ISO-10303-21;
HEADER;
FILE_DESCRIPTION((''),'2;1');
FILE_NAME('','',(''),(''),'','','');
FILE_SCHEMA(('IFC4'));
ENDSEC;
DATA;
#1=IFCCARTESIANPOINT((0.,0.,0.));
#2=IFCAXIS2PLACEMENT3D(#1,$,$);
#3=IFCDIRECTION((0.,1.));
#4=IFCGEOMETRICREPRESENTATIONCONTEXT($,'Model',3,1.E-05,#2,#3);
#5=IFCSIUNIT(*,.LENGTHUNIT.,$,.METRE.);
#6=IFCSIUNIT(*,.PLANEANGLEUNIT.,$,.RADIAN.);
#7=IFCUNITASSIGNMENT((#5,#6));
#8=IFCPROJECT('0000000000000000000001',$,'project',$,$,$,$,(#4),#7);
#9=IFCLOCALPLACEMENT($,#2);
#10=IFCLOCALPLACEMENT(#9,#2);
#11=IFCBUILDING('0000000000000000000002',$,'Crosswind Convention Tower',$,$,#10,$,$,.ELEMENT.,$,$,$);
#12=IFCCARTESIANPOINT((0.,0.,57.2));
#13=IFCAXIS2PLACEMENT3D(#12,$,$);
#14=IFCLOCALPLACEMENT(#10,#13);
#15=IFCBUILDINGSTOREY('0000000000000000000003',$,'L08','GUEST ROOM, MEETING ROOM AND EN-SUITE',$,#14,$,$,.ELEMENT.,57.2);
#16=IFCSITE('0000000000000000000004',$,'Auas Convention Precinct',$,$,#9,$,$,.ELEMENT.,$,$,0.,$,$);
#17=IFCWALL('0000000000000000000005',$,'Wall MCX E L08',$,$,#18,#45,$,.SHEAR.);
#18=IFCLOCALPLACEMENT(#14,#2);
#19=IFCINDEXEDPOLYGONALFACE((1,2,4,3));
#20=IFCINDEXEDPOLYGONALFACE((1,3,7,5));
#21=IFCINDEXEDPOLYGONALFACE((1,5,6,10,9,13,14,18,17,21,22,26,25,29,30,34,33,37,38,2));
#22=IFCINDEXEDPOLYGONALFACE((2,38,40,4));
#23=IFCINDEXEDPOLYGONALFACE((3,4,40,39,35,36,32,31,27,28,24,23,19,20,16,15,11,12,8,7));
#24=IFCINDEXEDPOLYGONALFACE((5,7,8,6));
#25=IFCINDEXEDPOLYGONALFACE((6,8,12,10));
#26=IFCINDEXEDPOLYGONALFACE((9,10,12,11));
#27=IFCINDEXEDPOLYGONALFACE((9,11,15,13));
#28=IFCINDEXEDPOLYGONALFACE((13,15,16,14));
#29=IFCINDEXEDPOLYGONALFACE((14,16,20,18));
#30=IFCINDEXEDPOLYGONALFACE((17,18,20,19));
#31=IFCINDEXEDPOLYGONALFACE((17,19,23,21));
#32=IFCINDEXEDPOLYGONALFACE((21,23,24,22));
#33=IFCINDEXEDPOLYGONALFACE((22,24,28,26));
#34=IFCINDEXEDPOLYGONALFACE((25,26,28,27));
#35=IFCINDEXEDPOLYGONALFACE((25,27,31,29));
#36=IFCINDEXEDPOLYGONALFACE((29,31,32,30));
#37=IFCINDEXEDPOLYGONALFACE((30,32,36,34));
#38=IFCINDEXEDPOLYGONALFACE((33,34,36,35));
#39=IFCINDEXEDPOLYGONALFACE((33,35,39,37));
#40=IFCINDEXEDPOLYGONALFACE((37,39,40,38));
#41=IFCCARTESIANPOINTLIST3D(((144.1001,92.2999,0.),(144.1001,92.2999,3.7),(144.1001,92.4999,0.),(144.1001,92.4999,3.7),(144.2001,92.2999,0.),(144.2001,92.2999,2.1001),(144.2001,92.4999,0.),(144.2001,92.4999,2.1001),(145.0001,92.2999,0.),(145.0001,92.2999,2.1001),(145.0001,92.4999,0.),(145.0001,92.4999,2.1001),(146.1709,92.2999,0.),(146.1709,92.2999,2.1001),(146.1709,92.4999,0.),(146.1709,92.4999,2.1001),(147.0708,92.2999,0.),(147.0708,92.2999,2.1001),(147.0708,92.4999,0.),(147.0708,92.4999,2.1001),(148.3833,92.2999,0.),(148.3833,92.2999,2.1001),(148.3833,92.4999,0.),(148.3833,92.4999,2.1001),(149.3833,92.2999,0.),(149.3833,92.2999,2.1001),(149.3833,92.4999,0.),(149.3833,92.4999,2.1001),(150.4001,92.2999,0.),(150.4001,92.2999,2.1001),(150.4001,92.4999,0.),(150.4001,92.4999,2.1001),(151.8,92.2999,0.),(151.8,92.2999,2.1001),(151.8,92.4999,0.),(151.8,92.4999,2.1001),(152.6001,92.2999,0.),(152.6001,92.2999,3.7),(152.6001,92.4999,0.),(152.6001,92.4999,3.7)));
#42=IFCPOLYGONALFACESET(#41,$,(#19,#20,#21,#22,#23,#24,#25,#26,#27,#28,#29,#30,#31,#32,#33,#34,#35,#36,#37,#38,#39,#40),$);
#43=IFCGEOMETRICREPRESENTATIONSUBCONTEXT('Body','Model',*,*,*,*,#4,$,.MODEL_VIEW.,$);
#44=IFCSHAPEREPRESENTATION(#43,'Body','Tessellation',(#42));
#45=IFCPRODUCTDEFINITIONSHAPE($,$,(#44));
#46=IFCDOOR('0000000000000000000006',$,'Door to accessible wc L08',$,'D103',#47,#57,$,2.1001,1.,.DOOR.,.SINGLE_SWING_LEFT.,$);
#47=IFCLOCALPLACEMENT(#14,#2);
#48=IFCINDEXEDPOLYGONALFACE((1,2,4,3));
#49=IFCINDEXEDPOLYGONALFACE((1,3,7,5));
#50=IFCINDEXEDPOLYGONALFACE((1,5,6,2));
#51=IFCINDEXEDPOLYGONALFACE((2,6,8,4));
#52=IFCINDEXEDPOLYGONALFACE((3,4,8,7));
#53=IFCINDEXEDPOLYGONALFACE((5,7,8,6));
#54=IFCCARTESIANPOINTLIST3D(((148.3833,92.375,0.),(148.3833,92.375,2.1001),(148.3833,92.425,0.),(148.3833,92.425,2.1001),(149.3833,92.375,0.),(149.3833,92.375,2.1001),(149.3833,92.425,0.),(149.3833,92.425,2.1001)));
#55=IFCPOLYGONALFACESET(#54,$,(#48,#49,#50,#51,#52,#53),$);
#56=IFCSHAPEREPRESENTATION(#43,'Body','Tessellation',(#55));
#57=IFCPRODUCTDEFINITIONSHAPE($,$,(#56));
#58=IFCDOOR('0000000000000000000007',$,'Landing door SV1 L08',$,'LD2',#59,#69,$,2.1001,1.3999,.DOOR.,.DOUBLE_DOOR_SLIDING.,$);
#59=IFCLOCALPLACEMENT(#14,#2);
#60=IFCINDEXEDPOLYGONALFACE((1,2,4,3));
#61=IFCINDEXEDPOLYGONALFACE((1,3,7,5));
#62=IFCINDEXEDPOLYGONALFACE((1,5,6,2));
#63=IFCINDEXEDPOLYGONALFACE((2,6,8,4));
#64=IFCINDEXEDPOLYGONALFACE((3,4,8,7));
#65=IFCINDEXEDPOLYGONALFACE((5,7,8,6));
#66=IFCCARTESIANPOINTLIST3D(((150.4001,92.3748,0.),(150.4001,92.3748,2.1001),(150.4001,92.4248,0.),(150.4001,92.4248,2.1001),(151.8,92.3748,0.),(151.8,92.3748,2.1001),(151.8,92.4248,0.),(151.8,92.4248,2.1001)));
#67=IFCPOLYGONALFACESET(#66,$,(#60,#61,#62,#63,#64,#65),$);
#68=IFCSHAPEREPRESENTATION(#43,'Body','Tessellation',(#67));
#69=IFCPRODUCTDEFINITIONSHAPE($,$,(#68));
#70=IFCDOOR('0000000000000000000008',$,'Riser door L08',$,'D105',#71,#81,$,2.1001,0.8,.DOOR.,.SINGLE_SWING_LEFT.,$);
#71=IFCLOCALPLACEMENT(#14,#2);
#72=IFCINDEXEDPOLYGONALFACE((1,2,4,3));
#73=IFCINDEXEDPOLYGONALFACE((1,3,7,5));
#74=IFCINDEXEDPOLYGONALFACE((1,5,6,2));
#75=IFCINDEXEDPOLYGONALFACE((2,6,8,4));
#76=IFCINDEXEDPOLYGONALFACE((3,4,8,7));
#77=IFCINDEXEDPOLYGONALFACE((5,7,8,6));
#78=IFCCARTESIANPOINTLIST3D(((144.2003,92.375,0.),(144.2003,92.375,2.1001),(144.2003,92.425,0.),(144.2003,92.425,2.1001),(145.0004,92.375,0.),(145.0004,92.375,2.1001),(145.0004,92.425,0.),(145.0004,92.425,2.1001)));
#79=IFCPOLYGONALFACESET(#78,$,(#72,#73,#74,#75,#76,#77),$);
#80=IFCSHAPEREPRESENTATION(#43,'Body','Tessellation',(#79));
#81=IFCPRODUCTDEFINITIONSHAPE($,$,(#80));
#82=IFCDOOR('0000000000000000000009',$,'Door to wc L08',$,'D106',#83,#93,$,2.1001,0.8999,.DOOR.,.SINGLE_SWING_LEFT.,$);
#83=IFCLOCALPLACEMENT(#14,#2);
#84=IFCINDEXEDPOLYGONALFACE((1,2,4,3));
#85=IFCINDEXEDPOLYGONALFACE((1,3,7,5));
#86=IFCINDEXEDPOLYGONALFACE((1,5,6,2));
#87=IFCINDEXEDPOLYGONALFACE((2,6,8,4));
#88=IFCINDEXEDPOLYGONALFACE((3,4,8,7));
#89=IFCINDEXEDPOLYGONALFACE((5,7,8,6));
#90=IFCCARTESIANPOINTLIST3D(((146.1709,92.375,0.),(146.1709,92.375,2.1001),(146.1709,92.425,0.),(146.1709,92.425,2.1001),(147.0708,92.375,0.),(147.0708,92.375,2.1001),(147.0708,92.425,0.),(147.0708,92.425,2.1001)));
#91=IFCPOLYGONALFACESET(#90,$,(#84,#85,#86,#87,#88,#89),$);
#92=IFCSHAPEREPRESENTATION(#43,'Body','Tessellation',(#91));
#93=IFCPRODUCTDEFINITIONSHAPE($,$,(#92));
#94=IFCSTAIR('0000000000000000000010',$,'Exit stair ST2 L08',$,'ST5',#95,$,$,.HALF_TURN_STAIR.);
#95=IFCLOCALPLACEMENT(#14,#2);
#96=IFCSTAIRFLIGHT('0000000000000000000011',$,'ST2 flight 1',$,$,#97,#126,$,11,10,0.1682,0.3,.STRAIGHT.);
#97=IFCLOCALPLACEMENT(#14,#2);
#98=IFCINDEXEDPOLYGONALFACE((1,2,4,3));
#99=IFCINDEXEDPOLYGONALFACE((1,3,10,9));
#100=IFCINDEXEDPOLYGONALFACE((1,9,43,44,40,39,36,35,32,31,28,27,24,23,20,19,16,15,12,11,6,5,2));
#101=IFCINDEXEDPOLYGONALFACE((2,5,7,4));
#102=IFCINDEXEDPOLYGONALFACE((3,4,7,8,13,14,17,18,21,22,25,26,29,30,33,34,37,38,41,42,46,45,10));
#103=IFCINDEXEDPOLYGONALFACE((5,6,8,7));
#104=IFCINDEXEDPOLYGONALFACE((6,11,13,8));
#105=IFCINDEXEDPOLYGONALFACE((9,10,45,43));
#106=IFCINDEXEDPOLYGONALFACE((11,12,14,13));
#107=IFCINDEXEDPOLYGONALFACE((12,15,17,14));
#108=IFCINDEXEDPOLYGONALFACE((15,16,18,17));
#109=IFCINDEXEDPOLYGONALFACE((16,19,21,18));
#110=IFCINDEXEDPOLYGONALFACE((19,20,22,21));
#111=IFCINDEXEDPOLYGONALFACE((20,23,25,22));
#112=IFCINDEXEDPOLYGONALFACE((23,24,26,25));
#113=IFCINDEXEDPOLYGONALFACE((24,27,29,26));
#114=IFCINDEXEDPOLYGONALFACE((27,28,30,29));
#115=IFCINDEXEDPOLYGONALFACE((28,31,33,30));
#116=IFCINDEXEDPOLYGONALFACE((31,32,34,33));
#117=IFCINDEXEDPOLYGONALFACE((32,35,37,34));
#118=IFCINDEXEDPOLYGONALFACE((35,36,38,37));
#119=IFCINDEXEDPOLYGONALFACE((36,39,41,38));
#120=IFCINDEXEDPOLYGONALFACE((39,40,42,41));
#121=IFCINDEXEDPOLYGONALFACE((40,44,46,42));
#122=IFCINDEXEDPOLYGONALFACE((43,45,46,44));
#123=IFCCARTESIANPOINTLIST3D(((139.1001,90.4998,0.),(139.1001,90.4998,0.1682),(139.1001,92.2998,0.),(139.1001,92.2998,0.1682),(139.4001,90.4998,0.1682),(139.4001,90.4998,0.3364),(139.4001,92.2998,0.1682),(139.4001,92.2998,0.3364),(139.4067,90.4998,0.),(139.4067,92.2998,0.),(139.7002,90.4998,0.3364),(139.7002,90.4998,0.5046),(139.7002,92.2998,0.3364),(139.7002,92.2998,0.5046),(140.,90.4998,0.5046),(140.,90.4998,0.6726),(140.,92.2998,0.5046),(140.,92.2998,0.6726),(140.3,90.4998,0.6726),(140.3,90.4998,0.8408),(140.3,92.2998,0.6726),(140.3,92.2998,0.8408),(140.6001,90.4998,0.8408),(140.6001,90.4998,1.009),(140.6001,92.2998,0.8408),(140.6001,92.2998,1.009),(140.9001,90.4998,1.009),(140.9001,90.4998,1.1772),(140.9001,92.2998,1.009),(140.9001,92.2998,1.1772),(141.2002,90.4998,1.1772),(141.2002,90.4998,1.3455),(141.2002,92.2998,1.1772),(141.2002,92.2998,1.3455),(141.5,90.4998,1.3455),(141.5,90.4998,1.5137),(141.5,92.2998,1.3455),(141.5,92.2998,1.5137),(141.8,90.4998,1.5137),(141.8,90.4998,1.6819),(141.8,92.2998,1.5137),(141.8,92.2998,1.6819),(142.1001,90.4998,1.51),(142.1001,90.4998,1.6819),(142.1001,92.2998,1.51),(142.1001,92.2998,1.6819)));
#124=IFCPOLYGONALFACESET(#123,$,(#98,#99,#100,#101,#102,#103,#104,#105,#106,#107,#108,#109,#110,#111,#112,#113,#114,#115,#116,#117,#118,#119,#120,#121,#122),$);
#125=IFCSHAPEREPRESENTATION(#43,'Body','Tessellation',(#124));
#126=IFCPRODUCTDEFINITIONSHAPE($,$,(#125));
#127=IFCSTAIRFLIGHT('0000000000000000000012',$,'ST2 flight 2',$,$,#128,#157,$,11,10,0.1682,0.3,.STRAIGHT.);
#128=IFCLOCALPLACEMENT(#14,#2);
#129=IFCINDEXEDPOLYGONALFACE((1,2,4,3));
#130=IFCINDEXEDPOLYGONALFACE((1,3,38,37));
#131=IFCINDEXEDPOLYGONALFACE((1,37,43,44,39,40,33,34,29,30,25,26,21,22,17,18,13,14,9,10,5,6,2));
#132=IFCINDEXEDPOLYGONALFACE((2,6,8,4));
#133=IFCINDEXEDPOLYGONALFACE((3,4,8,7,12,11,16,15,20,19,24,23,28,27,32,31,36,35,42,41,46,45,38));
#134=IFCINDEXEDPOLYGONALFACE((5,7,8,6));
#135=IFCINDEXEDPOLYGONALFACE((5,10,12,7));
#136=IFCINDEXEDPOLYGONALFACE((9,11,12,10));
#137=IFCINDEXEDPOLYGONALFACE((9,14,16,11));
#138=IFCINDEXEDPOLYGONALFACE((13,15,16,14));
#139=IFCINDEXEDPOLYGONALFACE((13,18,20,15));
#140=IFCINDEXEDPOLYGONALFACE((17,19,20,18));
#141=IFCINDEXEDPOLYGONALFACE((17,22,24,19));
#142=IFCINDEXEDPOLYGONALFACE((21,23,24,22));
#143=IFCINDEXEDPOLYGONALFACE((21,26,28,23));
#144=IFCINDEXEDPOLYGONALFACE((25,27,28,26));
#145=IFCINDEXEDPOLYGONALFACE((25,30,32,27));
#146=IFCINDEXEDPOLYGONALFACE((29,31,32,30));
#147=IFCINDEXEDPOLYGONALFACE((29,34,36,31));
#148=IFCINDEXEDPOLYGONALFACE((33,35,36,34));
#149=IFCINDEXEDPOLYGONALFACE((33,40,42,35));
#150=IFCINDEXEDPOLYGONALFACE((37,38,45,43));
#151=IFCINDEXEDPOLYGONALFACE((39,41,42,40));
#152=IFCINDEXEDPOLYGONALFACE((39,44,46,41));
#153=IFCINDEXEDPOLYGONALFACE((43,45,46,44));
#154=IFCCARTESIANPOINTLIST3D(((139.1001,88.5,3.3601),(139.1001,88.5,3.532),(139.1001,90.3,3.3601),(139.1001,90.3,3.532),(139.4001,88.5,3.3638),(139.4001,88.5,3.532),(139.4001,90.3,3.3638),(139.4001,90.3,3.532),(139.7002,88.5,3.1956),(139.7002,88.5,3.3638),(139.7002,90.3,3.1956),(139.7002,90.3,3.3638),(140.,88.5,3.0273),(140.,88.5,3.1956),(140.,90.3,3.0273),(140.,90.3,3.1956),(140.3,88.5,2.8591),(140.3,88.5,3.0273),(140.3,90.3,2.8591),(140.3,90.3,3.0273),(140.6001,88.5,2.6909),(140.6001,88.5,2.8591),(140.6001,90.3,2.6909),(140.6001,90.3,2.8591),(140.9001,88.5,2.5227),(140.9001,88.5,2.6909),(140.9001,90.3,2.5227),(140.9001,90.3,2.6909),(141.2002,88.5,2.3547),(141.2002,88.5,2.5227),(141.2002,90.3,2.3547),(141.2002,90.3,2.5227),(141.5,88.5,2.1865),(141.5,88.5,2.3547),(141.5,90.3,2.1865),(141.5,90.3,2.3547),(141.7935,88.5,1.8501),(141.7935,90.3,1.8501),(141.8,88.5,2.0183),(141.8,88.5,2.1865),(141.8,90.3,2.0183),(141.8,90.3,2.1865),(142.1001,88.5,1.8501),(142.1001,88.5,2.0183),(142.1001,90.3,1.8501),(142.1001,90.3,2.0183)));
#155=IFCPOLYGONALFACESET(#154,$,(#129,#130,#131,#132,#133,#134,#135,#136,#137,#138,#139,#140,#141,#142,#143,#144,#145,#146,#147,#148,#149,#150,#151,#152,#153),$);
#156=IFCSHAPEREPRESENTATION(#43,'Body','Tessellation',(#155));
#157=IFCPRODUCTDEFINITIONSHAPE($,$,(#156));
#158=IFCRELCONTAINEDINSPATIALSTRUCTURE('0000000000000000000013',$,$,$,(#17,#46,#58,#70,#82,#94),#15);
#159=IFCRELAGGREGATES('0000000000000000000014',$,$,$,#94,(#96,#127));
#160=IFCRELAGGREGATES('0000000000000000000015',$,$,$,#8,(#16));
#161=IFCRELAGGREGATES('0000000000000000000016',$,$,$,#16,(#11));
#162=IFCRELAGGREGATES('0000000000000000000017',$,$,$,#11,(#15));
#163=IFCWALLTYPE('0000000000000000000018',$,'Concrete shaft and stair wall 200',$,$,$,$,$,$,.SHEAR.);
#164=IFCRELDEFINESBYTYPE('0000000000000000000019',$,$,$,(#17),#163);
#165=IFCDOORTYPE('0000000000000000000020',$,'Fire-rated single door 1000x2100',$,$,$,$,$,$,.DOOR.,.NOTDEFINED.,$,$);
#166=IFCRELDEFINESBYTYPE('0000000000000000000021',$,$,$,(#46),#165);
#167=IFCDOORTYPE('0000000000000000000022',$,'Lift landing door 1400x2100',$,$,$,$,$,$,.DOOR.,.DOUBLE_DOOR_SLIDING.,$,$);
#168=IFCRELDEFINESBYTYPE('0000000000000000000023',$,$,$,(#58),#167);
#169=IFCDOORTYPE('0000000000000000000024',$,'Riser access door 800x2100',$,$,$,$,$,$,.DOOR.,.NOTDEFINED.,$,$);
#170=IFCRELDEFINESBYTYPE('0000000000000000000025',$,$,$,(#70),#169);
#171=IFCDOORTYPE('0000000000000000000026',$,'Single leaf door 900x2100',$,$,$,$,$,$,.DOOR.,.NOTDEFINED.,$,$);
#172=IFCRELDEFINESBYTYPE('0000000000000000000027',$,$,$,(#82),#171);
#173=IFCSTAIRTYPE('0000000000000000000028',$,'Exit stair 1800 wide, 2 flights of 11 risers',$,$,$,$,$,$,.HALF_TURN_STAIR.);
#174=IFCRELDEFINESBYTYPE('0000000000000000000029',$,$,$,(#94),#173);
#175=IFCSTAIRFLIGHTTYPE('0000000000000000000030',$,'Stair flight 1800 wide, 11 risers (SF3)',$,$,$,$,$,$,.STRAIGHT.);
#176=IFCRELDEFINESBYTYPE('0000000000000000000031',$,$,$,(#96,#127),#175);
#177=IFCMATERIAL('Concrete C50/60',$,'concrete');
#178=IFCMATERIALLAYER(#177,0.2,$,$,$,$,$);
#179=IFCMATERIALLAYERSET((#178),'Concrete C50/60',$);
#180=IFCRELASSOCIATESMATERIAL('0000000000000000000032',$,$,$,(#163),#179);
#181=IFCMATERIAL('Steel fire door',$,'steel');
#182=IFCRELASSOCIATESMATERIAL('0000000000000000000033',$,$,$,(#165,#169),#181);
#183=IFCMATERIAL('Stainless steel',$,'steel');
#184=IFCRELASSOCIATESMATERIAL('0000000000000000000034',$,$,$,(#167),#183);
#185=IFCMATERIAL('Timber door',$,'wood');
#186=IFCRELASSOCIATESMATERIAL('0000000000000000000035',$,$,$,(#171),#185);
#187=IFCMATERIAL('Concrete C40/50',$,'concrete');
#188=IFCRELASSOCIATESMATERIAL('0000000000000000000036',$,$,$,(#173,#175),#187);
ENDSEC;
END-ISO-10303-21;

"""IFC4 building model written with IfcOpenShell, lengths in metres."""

from ifc_helpers import new_model, si_unit, direction, frame, frame_2d, origin, place, context, subcontext, project, spatial, polyline, rectangle, outline, extrude, material, layer, layer_set, type_object, element, fill, aggregate, save


model = new_model("IFC4")

# Units and contexts
model_context = context("Model", 3, precision=1e-05, world=origin(), true_north=direction((0.0, 1.0)))
body_context = subcontext(model_context, "Body", "Model", "MODEL_VIEW")
ifc_project = project(units=[si_unit("LENGTHUNIT", "METRE"), si_unit("PLANEANGLEUNIT", "RADIAN")], contexts=[model_context])

# Site, building, storey
site_placement = place(None, origin())
site = spatial("IfcSite", under=ifc_project, at=site_placement, Name="Auas Convention Precinct", CompositionType="ELEMENT", RefElevation=0.0)
building_placement = place(site_placement, origin())
building = spatial("IfcBuilding", under=site, at=building_placement, Name="Crosswind Convention Tower", CompositionType="ELEMENT")
storey_placement = place(building_placement, frame((0.0, 0.0, 57.2)))
storey = spatial("IfcBuildingStorey", under=building, at=storey_placement, Name="L08", Description="GUEST ROOM, MEETING ROOM AND EN-SUITE", CompositionType="ELEMENT", Elevation=57.2)

# Shared definitions
ifc_material_1 = material(Name="Concrete C50/60", Category="concrete")

# Shared definitions
ifc_layer_1 = layer(ifc_material_1, 0.2)
ifc_layer_set_1 = layer_set([ifc_layer_1], Name="Concrete C50/60")
wall_type_1 = type_object("IfcWallType", Name="Concrete shaft and stair wall 200", PredefinedType="SHEAR", material=ifc_layer_set_1)

# Shared definitions
ifc_material_2 = material(Name="Stainless steel", Category="steel")

# Shared definitions
ifc_material_3 = material(Name="Steel fire door", Category="steel")
door_type_1 = type_object("IfcDoorType", Name="Fire-rated single door 1000x2100", OperationType="NOTDEFINED", PredefinedType="DOOR", material=ifc_material_3)

# Wall, openings, doors
wall_1_placement = place(storey_placement, frame((144.1001, 92.3999, 0.0), z_axis=(0.0, 0.0, 1.0), x_axis=(1.0, 0.0, 0.0)))
wall_1 = element("IfcWall", 1, at=wall_1_placement, inside=storey, type_object=wall_type_1, Name="Wall MCX E L08", PredefinedType="SHEAR", context=body_context, shape_type="SweptSolid", body=[
    extrude(rectangle(XDim=8.5, YDim=0.2, at=frame_2d((4.25, 0.0))), origin(), (0.0, 0.0, 1.0), 3.7),
])
opening_1_placement = place(wall_1_placement, frame((0.1001, 0.0, 0.0)))
opening_1 = element("IfcOpeningElement", 2, at=opening_1_placement, cuts=wall_1, PredefinedType="OPENING", context=body_context, shape_type="SweptSolid", body=[
    extrude(rectangle(XDim=0.8, YDim=2.1001, at=frame_2d((0.3999, 1.05))), frame((0.0, 0.1099, 0.0), z_axis=(0.0, -1.0, 0.0), x_axis=(1.0, 0.0, 0.0)), (0.0, 0.0, 1.0), 0.22),
])
opening_2_placement = place(wall_1_placement, frame((2.0708, 0.0, 0.0)))
opening_2 = element("IfcOpeningElement", 3, at=opening_2_placement, cuts=wall_1, PredefinedType="OPENING", context=body_context, shape_type="SweptSolid", body=[
    extrude(rectangle(XDim=0.8999, YDim=2.1001, at=frame_2d((0.45, 1.05))), frame((0.0, 0.1099, 0.0), z_axis=(0.0, -1.0, 0.0), x_axis=(1.0, 0.0, 0.0)), (0.0, 0.0, 1.0), 0.22),
])
opening_3_placement = place(wall_1_placement, frame((4.2832, 0.0, 0.0)))
opening_3 = element("IfcOpeningElement", 4, at=opening_3_placement, cuts=wall_1, PredefinedType="OPENING", context=body_context, shape_type="SweptSolid", body=[
    extrude(rectangle(XDim=1.0, YDim=2.1001, at=frame_2d((0.5, 1.05))), frame((0.0, 0.1099, 0.0), z_axis=(0.0, -1.0, 0.0), x_axis=(1.0, 0.0, 0.0)), (0.0, 0.0, 1.0), 0.22),
])
opening_4_placement = place(wall_1_placement, frame((6.3, 0.0, 0.0)))
opening_4 = element("IfcOpeningElement", 5, at=opening_4_placement, cuts=wall_1, PredefinedType="OPENING", context=body_context, shape_type="SweptSolid", body=[
    extrude(rectangle(XDim=1.3999, YDim=2.1001, at=frame_2d((0.7, 1.05))), frame((0.0, 0.1099, 0.0), z_axis=(0.0, -1.0, 0.0), x_axis=(1.0, 0.0, 0.0)), (0.0, 0.0, 1.0), 0.22),
])
door_1_placement = place(opening_3_placement, frame((1.0, 0.0, 0.0), z_axis=(0.0, 0.0, 1.0), x_axis=(-1.0, 0.0, 0.0)))
door_1 = element("IfcDoor", 6, at=door_1_placement, inside=storey, type_object=door_type_1, Name="Door to accessible wc L08", ObjectType="D103", OperationType="SINGLE_SWING_LEFT", OverallHeight=2.1001, OverallWidth=1.0, PredefinedType="DOOR", context=body_context, shape_type="SweptSolid", body=[
    extrude(rectangle(XDim=1.0, YDim=2.1001, at=frame_2d((0.5, 1.05))), frame((0.0, 0.0249, 0.0), z_axis=(0.0, -1.0, 0.0), x_axis=(1.0, 0.0, 0.0)), (0.0, 0.0, 1.0), 0.05),
])
fill(opening_3, door_1)
door_type_2 = type_object("IfcDoorType", Name="Lift landing door 1400x2100", OperationType="DOUBLE_DOOR_SLIDING", PredefinedType="DOOR", material=ifc_material_2)
door_2_placement = place(opening_4_placement, origin())
door_2 = element("IfcDoor", 7, at=door_2_placement, inside=storey, type_object=door_type_2, Name="Landing door SV1 L08", ObjectType="LD2", OperationType="DOUBLE_DOOR_SLIDING", OverallHeight=2.1001, OverallWidth=1.3999, PredefinedType="DOOR", context=body_context, shape_type="SweptSolid", body=[
    extrude(rectangle(XDim=1.3999, YDim=2.1001, at=frame_2d((0.7, 1.05))), frame((0.0, 0.0249, 0.0), z_axis=(0.0, -1.0, 0.0), x_axis=(1.0, 0.0, 0.0)), (0.0, 0.0, 1.0), 0.05),
])
fill(opening_4, door_2)
door_type_3 = type_object("IfcDoorType", Name="Riser access door 800x2100", OperationType="NOTDEFINED", PredefinedType="DOOR", material=ifc_material_3)
door_3_placement = place(opening_1_placement, frame((0.8, 0.0, 0.0), z_axis=(0.0, 0.0, 1.0), x_axis=(-1.0, 0.0, 0.0)))
door_3 = element("IfcDoor", 8, at=door_3_placement, inside=storey, type_object=door_type_3, Name="Riser door L08", ObjectType="D105", OperationType="SINGLE_SWING_LEFT", OverallHeight=2.1001, OverallWidth=0.8, PredefinedType="DOOR", context=body_context, shape_type="SweptSolid", body=[
    extrude(rectangle(XDim=0.8, YDim=2.1001, at=frame_2d((0.3999, 1.05))), frame((0.0, 0.0249, 0.0), z_axis=(0.0, -1.0, 0.0), x_axis=(1.0, 0.0, 0.0)), (0.0, 0.0, 1.0), 0.05),
])
fill(opening_1, door_3)
ifc_material_4 = material(Name="Timber door", Category="wood")
door_type_4 = type_object("IfcDoorType", Name="Single leaf door 900x2100", OperationType="NOTDEFINED", PredefinedType="DOOR", material=ifc_material_4)
door_4_placement = place(opening_2_placement, frame((0.8999, 0.0, 0.0), z_axis=(0.0, 0.0, 1.0), x_axis=(-1.0, 0.0, 0.0)))
door_4 = element("IfcDoor", 9, at=door_4_placement, inside=storey, type_object=door_type_4, Name="Door to wc L08", ObjectType="D106", OperationType="SINGLE_SWING_LEFT", OverallHeight=2.1001, OverallWidth=0.8999, PredefinedType="DOOR", context=body_context, shape_type="SweptSolid", body=[
    extrude(rectangle(XDim=0.8999, YDim=2.1001, at=frame_2d((0.45, 1.05))), frame((0.0, 0.0249, 0.0), z_axis=(0.0, -1.0, 0.0), x_axis=(1.0, 0.0, 0.0)), (0.0, 0.0, 1.0), 0.05),
])
fill(opening_2, door_4)

# Stair, stair flights
ifc_material_5 = material(Name="Concrete C40/50", Category="concrete")
stair_type = type_object("IfcStairType", Name="Exit stair 1800 wide, 2 flights of 11 risers", PredefinedType="HALF_TURN_STAIR", material=ifc_material_5)
stair_placement = place(storey_placement, origin())
stair = element("IfcStair", 10, at=stair_placement, inside=storey, type_object=stair_type, Name="Exit stair ST2 L08", ObjectType="ST5", PredefinedType="HALF_TURN_STAIR")
stair_flight_type = type_object("IfcStairFlightType", Name="Stair flight 1800 wide, 11 risers (SF3)", PredefinedType="STRAIGHT", material=ifc_material_5)
stair_flight_1_placement = place(storey_placement, frame((139.1001, 91.3999, 0.0), z_axis=(0.0, 0.0, 1.0), x_axis=(1.0, 0.0, 0.0)))
stair_flight_1 = element("IfcStairFlight", 11, at=stair_flight_1_placement, type_object=stair_flight_type, Name="ST2 flight 1", NumberOfRisers=11, NumberOfTreads=10, PredefinedType="STRAIGHT", RiserHeight=0.1682, TreadLength=0.3, context=body_context, shape_type="SweptSolid", body=[
    extrude(outline(polyline([(0.0, 0.0), (0.0, 0.1682), (0.3, 0.1682), (0.3, 0.3364), (0.6001, 0.3364), (0.6001, 0.5046), (0.8999, 0.5046), (0.8999, 0.6726), (1.2, 0.6726), (1.2, 0.8408), (1.5, 0.8408), (1.5, 1.009), (1.8, 1.009), (1.8, 1.1772), (2.1001, 1.1772), (2.1001, 1.3455), (2.3999, 1.3455), (2.3999, 1.5137), (2.7, 1.5137), (2.7, 1.6819), (3.0, 1.6819), (3.0, 1.8501), (3.0, 1.51), (0.3066, 0.0), (0.0, 0.0)])), frame((0.0, 0.8999, 0.0), z_axis=(0.0, -1.0, 0.0), x_axis=(1.0, 0.0, 0.0)), (0.0, 0.0, 1.0), 1.8),
])
stair_flight_2_placement = place(storey_placement, frame((142.1001, 89.3999, 1.8501), z_axis=(0.0, 0.0, 1.0), x_axis=(-1.0, 0.0, 0.0)))
stair_flight_2 = element("IfcStairFlight", 12, at=stair_flight_2_placement, type_object=stair_flight_type, Name="ST2 flight 2", NumberOfRisers=11, NumberOfTreads=10, PredefinedType="STRAIGHT", RiserHeight=0.1682, TreadLength=0.3, context=body_context, shape_type="SweptSolid", body=[
    extrude(outline(polyline([(0.0, 0.0), (0.0, 0.1682), (0.3, 0.1682), (0.3, 0.3364), (0.6001, 0.3364), (0.6001, 0.5046), (0.8999, 0.5046), (0.8999, 0.6726), (1.2, 0.6726), (1.2, 0.8408), (1.5, 0.8408), (1.5, 1.009), (1.8, 1.009), (1.8, 1.1772), (2.1001, 1.1772), (2.1001, 1.3455), (2.3999, 1.3455), (2.3999, 1.5137), (2.7, 1.5137), (2.7, 1.6819), (3.0, 1.6819), (3.0, 1.8501), (3.0, 1.51), (0.3066, 0.0), (0.0, 0.0)])), frame((0.0, 0.8999, 0.0), z_axis=(0.0, -1.0, 0.0), x_axis=(1.0, 0.0, 0.0)), (0.0, 0.0, 1.0), 1.8),
])
aggregate(stair, [stair_flight_1, stair_flight_2])

save(model, "model.ifc")
